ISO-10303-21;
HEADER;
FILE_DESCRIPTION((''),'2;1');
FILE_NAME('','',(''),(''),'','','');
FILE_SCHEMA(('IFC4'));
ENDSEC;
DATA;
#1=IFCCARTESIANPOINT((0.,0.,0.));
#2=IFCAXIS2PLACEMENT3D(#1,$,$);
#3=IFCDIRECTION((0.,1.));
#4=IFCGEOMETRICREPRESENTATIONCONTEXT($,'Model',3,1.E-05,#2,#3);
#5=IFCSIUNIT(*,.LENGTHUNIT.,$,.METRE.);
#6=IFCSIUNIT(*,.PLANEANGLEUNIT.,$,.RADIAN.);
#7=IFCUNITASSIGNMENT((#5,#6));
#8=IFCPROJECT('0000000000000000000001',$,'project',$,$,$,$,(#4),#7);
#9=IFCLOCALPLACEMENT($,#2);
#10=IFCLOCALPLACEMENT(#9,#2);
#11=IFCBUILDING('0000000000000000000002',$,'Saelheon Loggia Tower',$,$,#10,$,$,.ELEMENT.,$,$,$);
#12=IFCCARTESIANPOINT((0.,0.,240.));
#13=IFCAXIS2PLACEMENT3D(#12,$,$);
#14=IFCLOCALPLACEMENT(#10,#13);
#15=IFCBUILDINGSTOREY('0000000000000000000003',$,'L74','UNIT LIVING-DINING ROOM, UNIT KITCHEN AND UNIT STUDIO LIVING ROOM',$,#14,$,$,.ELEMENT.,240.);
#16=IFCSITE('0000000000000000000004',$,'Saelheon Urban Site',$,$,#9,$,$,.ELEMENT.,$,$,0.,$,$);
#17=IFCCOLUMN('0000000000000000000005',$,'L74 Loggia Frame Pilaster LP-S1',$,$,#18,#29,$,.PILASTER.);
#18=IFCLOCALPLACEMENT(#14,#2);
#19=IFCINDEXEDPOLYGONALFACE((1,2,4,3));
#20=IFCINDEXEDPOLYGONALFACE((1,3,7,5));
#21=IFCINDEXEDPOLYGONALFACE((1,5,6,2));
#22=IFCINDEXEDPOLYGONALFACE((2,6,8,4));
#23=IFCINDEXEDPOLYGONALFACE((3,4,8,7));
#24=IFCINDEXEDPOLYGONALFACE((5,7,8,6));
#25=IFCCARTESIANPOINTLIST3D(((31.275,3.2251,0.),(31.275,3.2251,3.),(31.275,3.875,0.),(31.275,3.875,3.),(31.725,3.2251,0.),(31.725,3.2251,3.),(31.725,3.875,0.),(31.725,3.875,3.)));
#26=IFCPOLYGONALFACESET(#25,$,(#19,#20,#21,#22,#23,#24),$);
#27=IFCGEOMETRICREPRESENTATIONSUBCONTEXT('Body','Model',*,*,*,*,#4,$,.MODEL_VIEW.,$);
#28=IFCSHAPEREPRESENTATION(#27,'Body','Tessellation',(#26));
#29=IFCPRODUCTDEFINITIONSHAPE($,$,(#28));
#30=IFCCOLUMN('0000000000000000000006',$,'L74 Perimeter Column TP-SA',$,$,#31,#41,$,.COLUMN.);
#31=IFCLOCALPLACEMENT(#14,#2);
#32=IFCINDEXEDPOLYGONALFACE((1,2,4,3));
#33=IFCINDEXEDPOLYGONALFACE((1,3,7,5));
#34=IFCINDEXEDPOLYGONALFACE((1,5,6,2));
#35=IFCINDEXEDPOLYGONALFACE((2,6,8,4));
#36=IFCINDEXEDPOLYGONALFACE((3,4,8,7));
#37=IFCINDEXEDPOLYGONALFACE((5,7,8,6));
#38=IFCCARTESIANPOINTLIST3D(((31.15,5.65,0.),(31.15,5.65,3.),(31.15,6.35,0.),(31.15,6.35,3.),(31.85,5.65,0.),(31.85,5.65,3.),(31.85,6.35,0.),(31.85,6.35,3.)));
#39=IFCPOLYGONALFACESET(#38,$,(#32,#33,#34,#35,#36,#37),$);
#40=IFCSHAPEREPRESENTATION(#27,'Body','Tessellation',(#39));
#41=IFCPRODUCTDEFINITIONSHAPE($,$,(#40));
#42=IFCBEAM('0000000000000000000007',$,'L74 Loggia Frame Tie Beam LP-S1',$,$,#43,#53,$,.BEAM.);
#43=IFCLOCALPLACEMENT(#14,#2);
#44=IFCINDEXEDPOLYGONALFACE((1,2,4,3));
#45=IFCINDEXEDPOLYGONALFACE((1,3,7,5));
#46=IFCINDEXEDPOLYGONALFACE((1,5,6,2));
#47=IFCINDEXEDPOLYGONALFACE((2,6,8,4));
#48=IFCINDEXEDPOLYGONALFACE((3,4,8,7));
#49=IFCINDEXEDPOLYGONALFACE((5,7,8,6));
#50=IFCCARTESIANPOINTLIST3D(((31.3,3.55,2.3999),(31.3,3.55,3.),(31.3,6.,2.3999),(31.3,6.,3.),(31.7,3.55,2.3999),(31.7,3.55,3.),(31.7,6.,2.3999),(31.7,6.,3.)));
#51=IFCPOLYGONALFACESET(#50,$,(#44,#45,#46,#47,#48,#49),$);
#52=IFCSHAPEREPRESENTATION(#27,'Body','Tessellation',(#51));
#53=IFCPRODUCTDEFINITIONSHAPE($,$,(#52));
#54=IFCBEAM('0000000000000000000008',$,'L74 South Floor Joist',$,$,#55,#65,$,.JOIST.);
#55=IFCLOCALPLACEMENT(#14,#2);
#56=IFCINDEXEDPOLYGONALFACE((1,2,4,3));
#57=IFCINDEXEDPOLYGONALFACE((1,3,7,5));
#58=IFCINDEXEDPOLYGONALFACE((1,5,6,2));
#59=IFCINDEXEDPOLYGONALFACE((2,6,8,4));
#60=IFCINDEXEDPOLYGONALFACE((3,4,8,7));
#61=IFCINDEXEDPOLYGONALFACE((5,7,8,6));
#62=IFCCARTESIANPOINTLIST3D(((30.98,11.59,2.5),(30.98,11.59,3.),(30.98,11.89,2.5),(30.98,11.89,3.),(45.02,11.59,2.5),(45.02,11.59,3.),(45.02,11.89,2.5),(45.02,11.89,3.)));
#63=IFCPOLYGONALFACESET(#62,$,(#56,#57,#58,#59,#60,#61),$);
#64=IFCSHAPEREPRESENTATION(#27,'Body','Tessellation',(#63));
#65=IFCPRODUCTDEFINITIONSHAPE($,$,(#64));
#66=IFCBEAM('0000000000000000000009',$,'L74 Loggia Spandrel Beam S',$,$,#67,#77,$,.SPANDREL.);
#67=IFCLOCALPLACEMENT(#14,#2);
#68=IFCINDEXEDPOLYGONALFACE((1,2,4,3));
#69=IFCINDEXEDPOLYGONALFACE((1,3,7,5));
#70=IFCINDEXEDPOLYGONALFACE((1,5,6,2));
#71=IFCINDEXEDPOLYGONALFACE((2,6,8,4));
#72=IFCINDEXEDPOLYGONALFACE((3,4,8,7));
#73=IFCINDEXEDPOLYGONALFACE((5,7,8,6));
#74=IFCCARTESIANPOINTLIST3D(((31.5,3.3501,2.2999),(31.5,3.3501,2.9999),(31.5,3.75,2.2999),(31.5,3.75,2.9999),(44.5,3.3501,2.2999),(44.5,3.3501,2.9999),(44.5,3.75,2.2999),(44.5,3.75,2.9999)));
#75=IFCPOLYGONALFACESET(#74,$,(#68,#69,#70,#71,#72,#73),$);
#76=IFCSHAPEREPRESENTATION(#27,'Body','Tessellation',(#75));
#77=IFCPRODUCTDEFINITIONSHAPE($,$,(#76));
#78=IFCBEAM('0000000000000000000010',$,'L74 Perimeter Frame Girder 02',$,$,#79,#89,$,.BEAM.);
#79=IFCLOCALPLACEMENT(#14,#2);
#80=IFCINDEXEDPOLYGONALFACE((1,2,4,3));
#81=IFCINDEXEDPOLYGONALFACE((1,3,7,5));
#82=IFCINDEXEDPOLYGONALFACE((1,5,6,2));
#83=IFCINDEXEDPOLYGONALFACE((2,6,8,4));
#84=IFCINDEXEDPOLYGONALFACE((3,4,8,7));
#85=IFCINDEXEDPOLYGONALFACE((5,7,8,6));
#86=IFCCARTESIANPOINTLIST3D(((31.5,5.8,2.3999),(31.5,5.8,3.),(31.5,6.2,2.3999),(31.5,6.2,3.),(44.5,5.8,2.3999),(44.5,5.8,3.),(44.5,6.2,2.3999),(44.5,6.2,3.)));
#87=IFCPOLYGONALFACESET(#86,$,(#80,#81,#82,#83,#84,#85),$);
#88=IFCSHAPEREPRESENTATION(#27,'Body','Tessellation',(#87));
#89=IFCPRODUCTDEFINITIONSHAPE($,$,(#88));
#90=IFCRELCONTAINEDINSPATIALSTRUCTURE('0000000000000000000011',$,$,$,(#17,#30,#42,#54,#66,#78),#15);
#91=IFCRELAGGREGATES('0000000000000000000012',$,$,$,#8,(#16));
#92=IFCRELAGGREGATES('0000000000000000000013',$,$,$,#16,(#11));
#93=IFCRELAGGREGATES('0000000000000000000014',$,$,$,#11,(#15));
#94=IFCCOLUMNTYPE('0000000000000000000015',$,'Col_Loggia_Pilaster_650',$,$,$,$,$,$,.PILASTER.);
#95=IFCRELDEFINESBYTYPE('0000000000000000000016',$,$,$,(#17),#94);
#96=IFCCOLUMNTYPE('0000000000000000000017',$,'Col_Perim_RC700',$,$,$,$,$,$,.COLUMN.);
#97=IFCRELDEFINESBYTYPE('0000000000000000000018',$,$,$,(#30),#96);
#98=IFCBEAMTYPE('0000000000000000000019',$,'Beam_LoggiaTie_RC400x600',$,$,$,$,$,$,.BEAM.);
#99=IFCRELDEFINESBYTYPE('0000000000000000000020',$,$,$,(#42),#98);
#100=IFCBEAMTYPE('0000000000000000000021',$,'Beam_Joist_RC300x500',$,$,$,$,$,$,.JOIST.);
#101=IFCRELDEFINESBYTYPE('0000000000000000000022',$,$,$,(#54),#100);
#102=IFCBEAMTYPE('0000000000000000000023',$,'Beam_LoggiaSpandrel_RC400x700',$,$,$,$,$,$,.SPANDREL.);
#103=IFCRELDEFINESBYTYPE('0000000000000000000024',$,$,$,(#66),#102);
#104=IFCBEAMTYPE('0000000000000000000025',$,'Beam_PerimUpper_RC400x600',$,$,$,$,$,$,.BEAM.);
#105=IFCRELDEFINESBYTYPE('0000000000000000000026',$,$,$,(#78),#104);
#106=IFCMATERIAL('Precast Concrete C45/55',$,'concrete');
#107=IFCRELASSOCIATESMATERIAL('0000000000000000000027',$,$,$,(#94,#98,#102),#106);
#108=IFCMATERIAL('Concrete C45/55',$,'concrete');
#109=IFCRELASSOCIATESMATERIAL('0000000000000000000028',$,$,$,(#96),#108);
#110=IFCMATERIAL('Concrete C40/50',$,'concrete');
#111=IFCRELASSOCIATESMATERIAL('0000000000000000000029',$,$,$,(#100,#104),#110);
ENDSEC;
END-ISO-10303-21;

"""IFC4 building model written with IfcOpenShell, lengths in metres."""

from ifc_helpers import new_model, si_unit, direction, frame, origin, origin_2d, place, context, subcontext, project, spatial, rectangle, extrude, source, transform, mapped, material, material_profile, profile_set, type_object, element, save


model = new_model("IFC4")

# Units and contexts
model_context = context("Model", 3, precision=1e-05, world=origin(), true_north=direction((0.0, 1.0)))
body_context = subcontext(model_context, "Body", "Model", "MODEL_VIEW")
ifc_project = project(units=[si_unit("LENGTHUNIT", "METRE"), si_unit("PLANEANGLEUNIT", "RADIAN")], contexts=[model_context])

# Site, building, storey
site_placement = place(None, origin())
site = spatial("IfcSite", under=ifc_project, at=site_placement, Name="Saelheon Urban Site", CompositionType="ELEMENT", RefElevation=0.0)
building_placement = place(site_placement, origin())
building = spatial("IfcBuilding", under=site, at=building_placement, Name="Saelheon Loggia Tower", CompositionType="ELEMENT")
storey_placement = place(building_placement, frame((0.0, 0.0, 240.0)))
storey = spatial("IfcBuildingStorey", under=building, at=storey_placement, Name="L74", Description="UNIT LIVING-DINING ROOM, UNIT KITCHEN AND UNIT STUDIO LIVING ROOM", CompositionType="ELEMENT", Elevation=240.0)

# Columns
ifc_material_1 = material(Name="Precast Concrete C45/55", Category="concrete")
ifc_material_profile_1 = material_profile(ifc_material_1, rectangle(XDim=0.45, YDim=0.6499, at=origin_2d()), Name="RC-450x650")
ifc_profile_set_1 = profile_set([ifc_material_profile_1], Name="Precast Concrete C45/55")
column_type_1 = type_object("IfcColumnType", Name="Col_Loggia_Pilaster_650", PredefinedType="PILASTER", material=ifc_profile_set_1)
shared_shape_1 = source(origin(), body_context, "Body", "SweptSolid", [
    extrude(rectangle(XDim=0.45, YDim=0.6499, at=origin_2d()), origin(), (0.0, 0.0, 1.0), 3.0),
])
column_1_placement = place(storey_placement, frame((31.5, 3.55, 0.0), z_axis=(0.0, 0.0, 1.0), x_axis=(1.0, 0.0, 0.0)))
element("IfcColumn", 1, at=column_1_placement, inside=storey, type_object=column_type_1, Name="L74 Loggia Frame Pilaster LP-S1", PredefinedType="PILASTER", context=body_context, shape_type="MappedRepresentation", body=[
    mapped(shared_shape_1, transform((0.0, 0.0, 0.0), scale=1.0)),
])
ifc_material_2 = material(Name="Concrete C45/55", Category="concrete")
ifc_material_profile_2 = material_profile(ifc_material_2, rectangle(XDim=0.7, YDim=0.7, at=origin_2d()), Name="RC-700x700")
ifc_profile_set_2 = profile_set([ifc_material_profile_2], Name="Concrete C45/55")
column_type_2 = type_object("IfcColumnType", Name="Col_Perim_RC700", PredefinedType="COLUMN", material=ifc_profile_set_2)
shared_shape_2 = source(origin(), body_context, "Body", "SweptSolid", [
    extrude(rectangle(XDim=0.7, YDim=0.7, at=origin_2d()), origin(), (0.0, 0.0, 1.0), 3.0),
])
column_2_placement = place(storey_placement, frame((31.5, 6.0, 0.0), z_axis=(0.0, 0.0, 1.0), x_axis=(1.0, 0.0, 0.0)))
element("IfcColumn", 2, at=column_2_placement, inside=storey, type_object=column_type_2, Name="L74 Perimeter Column TP-SA", PredefinedType="COLUMN", context=body_context, shape_type="MappedRepresentation", body=[
    mapped(shared_shape_2, transform((0.0, 0.0, 0.0), scale=1.0)),
])

# Beams
ifc_material_profile_3 = material_profile(ifc_material_1, rectangle(XDim=0.3999, YDim=0.6001, at=origin_2d()), Name="RC-400x600")
ifc_profile_set_3 = profile_set([ifc_material_profile_3], Name="Precast Concrete C45/55")
beam_type_1 = type_object("IfcBeamType", Name="Beam_LoggiaTie_RC400x600", PredefinedType="BEAM", material=ifc_profile_set_3)
shared_shape_3 = source(origin(), body_context, "Body", "SweptSolid", [
    extrude(rectangle(XDim=0.3999, YDim=0.6001, at=origin_2d()), origin(), (0.0, 0.0, 1.0), 2.45),
])
beam_1_placement = place(storey_placement, frame((31.5, 6.0, 2.7), z_axis=(0.0, -1.0, 0.0), x_axis=(1.0, 0.0, 0.0)))
element("IfcBeam", 3, at=beam_1_placement, inside=storey, type_object=beam_type_1, Name="L74 Loggia Frame Tie Beam LP-S1", PredefinedType="BEAM", context=body_context, shape_type="MappedRepresentation", body=[
    mapped(shared_shape_3, transform((0.0, 0.0, 0.0), scale=1.0)),
])
ifc_material_3 = material(Name="Concrete C40/50", Category="concrete")
ifc_material_profile_4 = material_profile(ifc_material_3, rectangle(XDim=0.3, YDim=0.5, at=origin_2d()), Name="RC-300x500")
ifc_profile_set_4 = profile_set([ifc_material_profile_4], Name="Concrete C40/50")
beam_type_2 = type_object("IfcBeamType", Name="Beam_Joist_RC300x500", PredefinedType="JOIST", material=ifc_profile_set_4)
shared_shape_4 = source(origin(), body_context, "Body", "SweptSolid", [
    extrude(rectangle(XDim=0.3, YDim=0.5, at=origin_2d()), origin(), (0.0, 0.0, 1.0), 14.04),
])
beam_2_placement = place(storey_placement, frame((30.98, 11.74, 2.75), z_axis=(1.0, 0.0, 0.0), x_axis=(0.0, 1.0, 0.0)))
element("IfcBeam", 4, at=beam_2_placement, inside=storey, type_object=beam_type_2, Name="L74 South Floor Joist", PredefinedType="JOIST", context=body_context, shape_type="MappedRepresentation", body=[
    mapped(shared_shape_4, transform((0.0, 0.0, 0.0), scale=1.0)),
])
ifc_material_profile_5 = material_profile(ifc_material_1, rectangle(XDim=0.3999, YDim=0.7, at=origin_2d()), Name="RC-400x700")
ifc_profile_set_5 = profile_set([ifc_material_profile_5], Name="Precast Concrete C45/55")
beam_type_3 = type_object("IfcBeamType", Name="Beam_LoggiaSpandrel_RC400x700", PredefinedType="SPANDREL", material=ifc_profile_set_5)
shared_shape_5 = source(origin(), body_context, "Body", "SweptSolid", [
    extrude(rectangle(XDim=0.3999, YDim=0.7, at=origin_2d()), origin(), (0.0, 0.0, 1.0), 13.0),
])
beam_3_placement = place(storey_placement, frame((31.5, 3.55, 2.6499), z_axis=(1.0, 0.0, 0.0), x_axis=(0.0, 1.0, 0.0)))
element("IfcBeam", 5, at=beam_3_placement, inside=storey, type_object=beam_type_3, Name="L74 Loggia Spandrel Beam S", PredefinedType="SPANDREL", context=body_context, shape_type="MappedRepresentation", body=[
    mapped(shared_shape_5, transform((0.0, 0.0, 0.0), scale=1.0)),
])
ifc_material_profile_6 = material_profile(ifc_material_3, rectangle(XDim=0.3999, YDim=0.6001, at=origin_2d()), Name="RC-400x600")
ifc_profile_set_6 = profile_set([ifc_material_profile_6], Name="Concrete C40/50")
beam_type_4 = type_object("IfcBeamType", Name="Beam_PerimUpper_RC400x600", PredefinedType="BEAM", material=ifc_profile_set_6)
shared_shape_6 = source(origin(), body_context, "Body", "SweptSolid", [
    extrude(rectangle(XDim=0.3999, YDim=0.6001, at=origin_2d()), origin(), (0.0, 0.0, 1.0), 13.0),
])
beam_4_placement = place(storey_placement, frame((31.5, 6.0, 2.7), z_axis=(1.0, 0.0, 0.0), x_axis=(0.0, 1.0, 0.0)))
element("IfcBeam", 6, at=beam_4_placement, inside=storey, type_object=beam_type_4, Name="L74 Perimeter Frame Girder 02", PredefinedType="BEAM", context=body_context, shape_type="MappedRepresentation", body=[
    mapped(shared_shape_6, transform((0.0, 0.0, 0.0), scale=1.0)),
])

save(model, "model.ifc")
